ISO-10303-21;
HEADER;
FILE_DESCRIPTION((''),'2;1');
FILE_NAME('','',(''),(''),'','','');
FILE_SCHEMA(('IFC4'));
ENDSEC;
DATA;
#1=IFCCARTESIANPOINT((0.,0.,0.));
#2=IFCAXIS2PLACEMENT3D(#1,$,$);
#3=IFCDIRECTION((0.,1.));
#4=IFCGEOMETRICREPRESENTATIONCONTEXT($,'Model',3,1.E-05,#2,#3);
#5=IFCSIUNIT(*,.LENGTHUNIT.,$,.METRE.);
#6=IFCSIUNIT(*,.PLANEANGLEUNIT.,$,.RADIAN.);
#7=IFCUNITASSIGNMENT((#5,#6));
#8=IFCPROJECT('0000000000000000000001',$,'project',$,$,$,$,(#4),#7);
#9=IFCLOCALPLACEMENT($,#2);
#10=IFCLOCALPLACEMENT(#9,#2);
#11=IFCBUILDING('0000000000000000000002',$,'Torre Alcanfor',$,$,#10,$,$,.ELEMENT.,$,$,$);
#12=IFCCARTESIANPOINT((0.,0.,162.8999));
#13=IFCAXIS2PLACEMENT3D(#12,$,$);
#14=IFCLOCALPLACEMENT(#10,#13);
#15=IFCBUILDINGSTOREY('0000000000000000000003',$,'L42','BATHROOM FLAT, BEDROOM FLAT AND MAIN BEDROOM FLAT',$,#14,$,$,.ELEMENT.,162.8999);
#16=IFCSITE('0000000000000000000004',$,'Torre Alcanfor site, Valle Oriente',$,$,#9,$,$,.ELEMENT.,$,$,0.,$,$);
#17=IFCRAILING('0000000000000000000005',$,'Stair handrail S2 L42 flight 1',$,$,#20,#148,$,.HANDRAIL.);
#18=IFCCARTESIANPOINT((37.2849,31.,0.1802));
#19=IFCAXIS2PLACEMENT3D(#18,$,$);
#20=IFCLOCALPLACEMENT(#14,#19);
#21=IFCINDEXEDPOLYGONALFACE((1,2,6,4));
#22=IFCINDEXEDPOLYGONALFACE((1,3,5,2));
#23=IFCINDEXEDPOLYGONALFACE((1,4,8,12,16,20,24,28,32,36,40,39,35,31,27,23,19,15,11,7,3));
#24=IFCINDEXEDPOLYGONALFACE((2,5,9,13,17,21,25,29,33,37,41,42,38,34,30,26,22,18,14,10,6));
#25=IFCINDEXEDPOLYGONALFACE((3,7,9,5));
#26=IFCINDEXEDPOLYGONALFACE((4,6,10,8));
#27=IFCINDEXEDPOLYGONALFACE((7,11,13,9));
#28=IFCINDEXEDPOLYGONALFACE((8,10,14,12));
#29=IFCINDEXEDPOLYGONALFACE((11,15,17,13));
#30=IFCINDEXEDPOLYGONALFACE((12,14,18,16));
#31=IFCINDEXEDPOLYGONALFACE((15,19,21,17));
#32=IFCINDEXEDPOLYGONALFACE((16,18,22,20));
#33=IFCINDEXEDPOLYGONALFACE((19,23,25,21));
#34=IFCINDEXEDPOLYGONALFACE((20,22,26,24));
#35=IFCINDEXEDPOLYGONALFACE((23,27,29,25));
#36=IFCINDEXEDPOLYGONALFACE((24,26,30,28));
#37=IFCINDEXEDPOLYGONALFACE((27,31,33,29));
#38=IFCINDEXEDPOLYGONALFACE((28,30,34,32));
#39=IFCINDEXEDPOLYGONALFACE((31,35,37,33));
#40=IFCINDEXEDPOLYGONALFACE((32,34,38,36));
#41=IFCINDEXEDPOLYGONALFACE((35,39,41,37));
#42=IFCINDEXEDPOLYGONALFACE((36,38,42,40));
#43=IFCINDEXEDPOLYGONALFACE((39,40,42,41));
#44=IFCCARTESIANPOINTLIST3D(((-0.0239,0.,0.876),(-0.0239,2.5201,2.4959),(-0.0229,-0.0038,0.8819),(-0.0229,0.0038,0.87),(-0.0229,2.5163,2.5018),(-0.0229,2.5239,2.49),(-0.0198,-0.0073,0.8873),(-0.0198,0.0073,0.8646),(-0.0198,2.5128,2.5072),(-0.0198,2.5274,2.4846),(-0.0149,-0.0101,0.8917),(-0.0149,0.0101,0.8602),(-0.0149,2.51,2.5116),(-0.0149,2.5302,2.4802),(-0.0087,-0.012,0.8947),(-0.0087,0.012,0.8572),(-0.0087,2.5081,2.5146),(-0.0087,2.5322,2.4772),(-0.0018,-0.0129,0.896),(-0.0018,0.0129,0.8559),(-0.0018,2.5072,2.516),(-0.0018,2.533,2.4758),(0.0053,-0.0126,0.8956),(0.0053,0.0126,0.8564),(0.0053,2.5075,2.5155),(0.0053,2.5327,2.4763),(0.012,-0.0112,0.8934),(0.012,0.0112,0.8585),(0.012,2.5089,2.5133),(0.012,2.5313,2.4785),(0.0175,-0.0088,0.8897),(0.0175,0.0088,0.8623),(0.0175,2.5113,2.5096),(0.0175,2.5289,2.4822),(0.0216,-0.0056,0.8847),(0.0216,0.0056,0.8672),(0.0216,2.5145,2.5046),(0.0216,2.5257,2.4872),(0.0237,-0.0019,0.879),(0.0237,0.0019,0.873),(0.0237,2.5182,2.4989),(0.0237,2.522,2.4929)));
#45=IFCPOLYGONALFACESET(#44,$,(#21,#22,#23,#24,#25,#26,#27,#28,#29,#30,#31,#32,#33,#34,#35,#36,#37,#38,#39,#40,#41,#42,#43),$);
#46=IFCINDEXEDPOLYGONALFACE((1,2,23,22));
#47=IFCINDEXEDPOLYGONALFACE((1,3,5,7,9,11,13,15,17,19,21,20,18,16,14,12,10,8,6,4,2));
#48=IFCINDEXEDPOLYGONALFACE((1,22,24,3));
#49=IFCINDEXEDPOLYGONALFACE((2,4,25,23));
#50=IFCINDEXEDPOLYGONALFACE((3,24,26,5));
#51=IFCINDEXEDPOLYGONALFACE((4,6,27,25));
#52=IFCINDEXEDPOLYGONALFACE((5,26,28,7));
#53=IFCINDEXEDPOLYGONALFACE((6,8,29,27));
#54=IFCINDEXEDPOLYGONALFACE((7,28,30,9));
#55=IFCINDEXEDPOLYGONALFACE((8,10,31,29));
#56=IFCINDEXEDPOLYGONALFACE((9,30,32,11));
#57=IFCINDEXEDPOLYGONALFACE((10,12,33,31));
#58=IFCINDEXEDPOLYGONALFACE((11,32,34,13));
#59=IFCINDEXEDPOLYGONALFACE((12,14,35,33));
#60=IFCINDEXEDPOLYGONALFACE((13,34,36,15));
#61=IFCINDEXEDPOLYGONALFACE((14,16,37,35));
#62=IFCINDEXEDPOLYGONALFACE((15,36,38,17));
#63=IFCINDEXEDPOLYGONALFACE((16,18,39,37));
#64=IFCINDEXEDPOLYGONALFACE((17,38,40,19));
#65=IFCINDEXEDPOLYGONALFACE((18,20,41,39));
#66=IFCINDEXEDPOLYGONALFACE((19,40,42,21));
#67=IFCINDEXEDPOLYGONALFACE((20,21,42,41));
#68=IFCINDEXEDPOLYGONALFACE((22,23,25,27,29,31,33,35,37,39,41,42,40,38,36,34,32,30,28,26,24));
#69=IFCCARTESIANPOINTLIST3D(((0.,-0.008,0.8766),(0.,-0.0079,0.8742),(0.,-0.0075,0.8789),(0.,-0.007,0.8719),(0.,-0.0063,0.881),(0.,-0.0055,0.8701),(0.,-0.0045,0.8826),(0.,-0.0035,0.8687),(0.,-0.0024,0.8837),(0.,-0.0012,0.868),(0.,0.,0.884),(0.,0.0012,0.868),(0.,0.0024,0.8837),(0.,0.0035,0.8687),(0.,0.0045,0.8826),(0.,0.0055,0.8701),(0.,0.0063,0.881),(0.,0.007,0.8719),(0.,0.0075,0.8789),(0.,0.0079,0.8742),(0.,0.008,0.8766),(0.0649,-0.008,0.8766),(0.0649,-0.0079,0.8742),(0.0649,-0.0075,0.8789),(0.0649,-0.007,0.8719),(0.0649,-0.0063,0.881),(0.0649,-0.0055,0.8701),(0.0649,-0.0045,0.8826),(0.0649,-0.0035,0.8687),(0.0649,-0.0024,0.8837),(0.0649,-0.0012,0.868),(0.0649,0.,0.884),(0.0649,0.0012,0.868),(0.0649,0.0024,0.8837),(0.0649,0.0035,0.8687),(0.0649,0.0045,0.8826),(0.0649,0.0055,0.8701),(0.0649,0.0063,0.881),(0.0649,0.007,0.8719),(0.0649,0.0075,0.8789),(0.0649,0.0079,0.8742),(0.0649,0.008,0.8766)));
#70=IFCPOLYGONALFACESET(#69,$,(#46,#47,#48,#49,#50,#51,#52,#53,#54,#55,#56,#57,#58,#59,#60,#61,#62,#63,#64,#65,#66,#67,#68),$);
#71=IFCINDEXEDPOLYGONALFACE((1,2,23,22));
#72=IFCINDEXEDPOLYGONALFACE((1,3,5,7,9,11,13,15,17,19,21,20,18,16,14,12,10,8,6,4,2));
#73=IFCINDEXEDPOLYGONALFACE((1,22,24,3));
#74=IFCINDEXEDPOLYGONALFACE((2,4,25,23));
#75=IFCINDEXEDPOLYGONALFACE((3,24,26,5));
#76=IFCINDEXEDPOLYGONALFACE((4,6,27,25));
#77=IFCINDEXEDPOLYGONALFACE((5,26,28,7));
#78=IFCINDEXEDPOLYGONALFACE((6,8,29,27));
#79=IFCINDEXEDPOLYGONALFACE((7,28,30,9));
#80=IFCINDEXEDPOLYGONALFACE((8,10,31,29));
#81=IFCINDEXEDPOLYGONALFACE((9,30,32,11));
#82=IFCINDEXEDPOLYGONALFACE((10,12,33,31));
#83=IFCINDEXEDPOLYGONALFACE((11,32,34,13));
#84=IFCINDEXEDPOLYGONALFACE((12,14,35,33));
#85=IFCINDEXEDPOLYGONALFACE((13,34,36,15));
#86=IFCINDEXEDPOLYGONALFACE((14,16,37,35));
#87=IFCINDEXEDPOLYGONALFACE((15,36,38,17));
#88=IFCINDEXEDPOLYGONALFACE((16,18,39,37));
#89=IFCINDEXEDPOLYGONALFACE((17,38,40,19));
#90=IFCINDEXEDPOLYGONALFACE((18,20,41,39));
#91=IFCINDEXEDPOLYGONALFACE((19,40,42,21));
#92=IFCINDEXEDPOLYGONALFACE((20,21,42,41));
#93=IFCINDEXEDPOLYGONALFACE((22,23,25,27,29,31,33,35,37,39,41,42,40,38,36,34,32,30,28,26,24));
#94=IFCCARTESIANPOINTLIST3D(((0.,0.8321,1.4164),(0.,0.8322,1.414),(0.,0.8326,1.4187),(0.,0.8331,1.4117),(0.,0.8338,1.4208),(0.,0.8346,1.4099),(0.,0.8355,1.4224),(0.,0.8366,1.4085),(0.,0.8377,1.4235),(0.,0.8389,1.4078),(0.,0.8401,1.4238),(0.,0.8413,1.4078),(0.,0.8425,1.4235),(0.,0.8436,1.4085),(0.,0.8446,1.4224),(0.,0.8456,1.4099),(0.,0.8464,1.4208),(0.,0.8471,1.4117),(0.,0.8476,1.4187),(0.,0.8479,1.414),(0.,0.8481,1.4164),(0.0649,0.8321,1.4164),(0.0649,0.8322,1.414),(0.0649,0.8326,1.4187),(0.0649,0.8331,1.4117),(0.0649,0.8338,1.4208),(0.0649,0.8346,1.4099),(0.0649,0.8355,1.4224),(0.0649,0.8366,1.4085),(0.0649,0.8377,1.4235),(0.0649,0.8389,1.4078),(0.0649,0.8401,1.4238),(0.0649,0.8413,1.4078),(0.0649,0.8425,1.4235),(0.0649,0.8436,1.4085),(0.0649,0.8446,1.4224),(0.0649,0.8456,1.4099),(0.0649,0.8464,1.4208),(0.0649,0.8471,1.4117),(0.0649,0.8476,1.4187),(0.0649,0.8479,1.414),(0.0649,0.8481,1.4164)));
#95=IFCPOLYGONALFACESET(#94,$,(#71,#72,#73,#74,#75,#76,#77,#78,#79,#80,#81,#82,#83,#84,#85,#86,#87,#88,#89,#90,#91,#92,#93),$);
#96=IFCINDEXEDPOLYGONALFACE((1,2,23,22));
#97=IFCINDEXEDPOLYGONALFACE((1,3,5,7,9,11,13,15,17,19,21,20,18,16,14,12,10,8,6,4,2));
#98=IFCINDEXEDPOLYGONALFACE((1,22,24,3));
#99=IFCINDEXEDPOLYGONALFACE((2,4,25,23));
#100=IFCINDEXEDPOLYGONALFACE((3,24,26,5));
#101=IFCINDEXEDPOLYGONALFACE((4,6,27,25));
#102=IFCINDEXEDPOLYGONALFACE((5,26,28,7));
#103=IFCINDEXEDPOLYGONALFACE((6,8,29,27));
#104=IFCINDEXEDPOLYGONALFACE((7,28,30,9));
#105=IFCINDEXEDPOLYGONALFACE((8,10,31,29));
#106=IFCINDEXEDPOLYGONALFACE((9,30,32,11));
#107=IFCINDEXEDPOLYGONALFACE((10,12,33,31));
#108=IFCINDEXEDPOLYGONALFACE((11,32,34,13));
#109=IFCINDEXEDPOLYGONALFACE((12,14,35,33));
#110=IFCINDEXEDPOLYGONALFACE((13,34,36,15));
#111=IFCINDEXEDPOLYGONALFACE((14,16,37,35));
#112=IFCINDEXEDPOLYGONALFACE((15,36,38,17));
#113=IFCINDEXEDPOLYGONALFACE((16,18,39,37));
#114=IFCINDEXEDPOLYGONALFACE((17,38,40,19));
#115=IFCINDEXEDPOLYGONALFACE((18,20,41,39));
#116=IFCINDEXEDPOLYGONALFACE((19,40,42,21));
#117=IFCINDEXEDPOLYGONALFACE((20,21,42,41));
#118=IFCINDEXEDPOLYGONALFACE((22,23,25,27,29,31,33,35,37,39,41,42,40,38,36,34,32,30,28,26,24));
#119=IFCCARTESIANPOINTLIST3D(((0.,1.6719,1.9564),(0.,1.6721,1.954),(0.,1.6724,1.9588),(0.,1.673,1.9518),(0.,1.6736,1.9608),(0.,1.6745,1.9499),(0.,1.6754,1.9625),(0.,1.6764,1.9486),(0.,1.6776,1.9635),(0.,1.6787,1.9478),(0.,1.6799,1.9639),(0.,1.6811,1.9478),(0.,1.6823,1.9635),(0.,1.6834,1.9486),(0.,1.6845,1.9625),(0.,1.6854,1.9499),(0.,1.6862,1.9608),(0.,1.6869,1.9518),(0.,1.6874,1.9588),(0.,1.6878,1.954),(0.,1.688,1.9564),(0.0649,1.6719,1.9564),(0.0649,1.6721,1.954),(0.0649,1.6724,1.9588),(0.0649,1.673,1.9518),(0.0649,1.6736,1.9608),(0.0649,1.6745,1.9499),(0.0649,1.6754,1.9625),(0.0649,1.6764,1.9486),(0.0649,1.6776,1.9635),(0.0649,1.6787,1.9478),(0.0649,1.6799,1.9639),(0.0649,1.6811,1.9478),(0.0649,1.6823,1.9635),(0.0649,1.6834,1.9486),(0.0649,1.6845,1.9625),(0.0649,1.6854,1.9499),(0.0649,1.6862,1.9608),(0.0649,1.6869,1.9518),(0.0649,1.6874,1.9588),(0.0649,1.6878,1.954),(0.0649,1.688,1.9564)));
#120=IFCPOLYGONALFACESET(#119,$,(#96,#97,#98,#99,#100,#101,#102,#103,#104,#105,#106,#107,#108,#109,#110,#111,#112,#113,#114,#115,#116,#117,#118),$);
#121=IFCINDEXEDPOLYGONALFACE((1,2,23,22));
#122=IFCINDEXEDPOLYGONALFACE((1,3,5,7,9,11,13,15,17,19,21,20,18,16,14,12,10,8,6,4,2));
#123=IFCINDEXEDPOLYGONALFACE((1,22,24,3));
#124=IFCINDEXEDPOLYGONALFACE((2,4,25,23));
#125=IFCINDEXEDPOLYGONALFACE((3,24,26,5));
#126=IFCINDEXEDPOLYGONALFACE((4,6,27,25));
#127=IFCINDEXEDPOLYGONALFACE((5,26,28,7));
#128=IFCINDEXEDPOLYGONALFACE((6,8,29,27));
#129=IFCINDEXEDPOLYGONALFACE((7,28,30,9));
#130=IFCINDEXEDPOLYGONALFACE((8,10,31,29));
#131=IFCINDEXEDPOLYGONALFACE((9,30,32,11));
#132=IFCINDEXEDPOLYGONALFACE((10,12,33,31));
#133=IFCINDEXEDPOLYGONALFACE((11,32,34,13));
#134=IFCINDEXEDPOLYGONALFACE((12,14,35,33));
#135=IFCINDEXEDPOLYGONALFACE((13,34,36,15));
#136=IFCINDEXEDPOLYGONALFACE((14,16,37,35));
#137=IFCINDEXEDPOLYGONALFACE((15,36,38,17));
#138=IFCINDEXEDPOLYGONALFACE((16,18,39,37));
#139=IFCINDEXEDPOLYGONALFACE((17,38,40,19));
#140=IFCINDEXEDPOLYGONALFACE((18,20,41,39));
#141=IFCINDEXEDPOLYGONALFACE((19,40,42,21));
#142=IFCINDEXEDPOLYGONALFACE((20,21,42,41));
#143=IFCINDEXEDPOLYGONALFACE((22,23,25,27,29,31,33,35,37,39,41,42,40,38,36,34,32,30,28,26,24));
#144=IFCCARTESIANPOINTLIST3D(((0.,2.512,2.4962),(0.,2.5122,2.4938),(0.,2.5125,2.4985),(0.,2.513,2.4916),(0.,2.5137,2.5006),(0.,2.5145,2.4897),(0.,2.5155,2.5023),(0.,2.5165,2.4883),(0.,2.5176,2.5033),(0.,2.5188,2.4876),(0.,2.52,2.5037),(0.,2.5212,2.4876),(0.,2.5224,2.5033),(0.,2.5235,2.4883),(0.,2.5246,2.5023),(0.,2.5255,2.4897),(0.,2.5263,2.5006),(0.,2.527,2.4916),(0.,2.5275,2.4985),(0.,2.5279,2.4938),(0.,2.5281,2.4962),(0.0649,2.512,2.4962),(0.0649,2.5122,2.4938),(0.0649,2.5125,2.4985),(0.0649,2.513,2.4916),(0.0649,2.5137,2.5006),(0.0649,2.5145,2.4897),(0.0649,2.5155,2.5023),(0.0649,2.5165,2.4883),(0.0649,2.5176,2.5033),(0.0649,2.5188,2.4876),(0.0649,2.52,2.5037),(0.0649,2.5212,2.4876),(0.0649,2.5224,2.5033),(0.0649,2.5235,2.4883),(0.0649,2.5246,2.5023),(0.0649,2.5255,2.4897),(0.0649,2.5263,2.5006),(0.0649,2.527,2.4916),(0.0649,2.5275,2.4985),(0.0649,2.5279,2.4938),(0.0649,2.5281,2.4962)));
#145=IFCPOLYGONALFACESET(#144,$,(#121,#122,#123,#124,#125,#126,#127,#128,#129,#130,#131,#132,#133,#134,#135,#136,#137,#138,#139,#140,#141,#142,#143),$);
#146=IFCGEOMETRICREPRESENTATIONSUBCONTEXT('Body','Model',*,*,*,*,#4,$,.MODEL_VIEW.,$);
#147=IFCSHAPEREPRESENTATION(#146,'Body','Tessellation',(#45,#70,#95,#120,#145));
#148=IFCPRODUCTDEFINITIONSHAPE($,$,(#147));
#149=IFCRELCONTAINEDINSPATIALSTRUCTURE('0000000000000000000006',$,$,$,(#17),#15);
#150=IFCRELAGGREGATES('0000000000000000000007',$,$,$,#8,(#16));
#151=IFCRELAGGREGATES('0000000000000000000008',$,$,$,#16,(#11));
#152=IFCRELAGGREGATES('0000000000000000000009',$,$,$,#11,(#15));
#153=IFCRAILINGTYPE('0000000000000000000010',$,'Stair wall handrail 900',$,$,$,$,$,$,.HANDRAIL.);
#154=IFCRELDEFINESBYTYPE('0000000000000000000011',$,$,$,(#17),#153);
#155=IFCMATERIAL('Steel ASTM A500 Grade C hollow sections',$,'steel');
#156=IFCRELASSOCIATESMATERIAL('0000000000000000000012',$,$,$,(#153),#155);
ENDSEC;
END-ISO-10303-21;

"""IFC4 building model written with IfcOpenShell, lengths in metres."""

from ifc_helpers import new_model, si_unit, direction, frame, origin, origin_2d, place, context, subcontext, project, spatial, circle, extrude, material, type_object, element, save


model = new_model("IFC4")

# Units and contexts
model_context = context("Model", 3, precision=1e-05, world=origin(), true_north=direction((0.0, 1.0)))
body_context = subcontext(model_context, "Body", "Model", "MODEL_VIEW")
ifc_project = project(units=[si_unit("LENGTHUNIT", "METRE"), si_unit("PLANEANGLEUNIT", "RADIAN")], contexts=[model_context])

# Site, building, storey
site_placement = place(None, origin())
site = spatial("IfcSite", under=ifc_project, at=site_placement, Name="Torre Alcanfor site, Valle Oriente", CompositionType="ELEMENT", RefElevation=0.0)
building_placement = place(site_placement, origin())
building = spatial("IfcBuilding", under=site, at=building_placement, Name="Torre Alcanfor", CompositionType="ELEMENT")
storey_placement = place(building_placement, frame((0.0, 0.0, 162.8999)))
storey = spatial("IfcBuildingStorey", under=building, at=storey_placement, Name="L42", Description="BATHROOM FLAT, BEDROOM FLAT AND MAIN BEDROOM FLAT", CompositionType="ELEMENT", Elevation=162.8999)

# Railing
ifc_material_1 = material(Name="Steel ASTM A500 Grade C hollow sections", Category="steel")
railing_type_1 = type_object("IfcRailingType", Name="Stair wall handrail 900", PredefinedType="HANDRAIL", material=ifc_material_1)
railing_1_placement = place(storey_placement, frame((37.2849, 31.0, 0.1802)))
element("IfcRailing", 1, at=railing_1_placement, inside=storey, type_object=railing_type_1, Name="Stair handrail S2 L42 flight 1", PredefinedType="HANDRAIL", context=body_context, shape_type="SweptSolid", body=[
    extrude(circle(Radius=0.0239, at=origin_2d()), frame((0.0, 0.0, 0.876), z_axis=(0.0, 0.8412, 0.540725), x_axis=(-1.0, 0.0, 0.0)), (0.0, 0.0, 1.0), 2.9958),
    extrude(circle(Radius=0.0081, at=origin_2d()), frame((0.0, 0.0, 0.876), z_axis=(1.0, 0.0, 0.0), x_axis=(0.0, 0.0, 1.0)), (0.0, 0.0, 1.0), 0.0649),
    extrude(circle(Radius=0.0081, at=origin_2d()), frame((0.0, 0.8401, 1.4158), z_axis=(1.0, 0.0, 0.0), x_axis=(0.0, 0.0, 1.0)), (0.0, 0.0, 1.0), 0.0649),
    extrude(circle(Radius=0.0081, at=origin_2d()), frame((0.0, 1.6799, 1.9558), z_axis=(1.0, 0.0, 0.0), x_axis=(0.0, 0.0, 1.0)), (0.0, 0.0, 1.0), 0.0649),
    extrude(circle(Radius=0.0081, at=origin_2d()), frame((0.0, 2.52, 2.4956), z_axis=(1.0, 0.0, 0.0), x_axis=(0.0, 0.0, 1.0)), (0.0, 0.0, 1.0), 0.0649),
])

save(model, "model.ifc")
